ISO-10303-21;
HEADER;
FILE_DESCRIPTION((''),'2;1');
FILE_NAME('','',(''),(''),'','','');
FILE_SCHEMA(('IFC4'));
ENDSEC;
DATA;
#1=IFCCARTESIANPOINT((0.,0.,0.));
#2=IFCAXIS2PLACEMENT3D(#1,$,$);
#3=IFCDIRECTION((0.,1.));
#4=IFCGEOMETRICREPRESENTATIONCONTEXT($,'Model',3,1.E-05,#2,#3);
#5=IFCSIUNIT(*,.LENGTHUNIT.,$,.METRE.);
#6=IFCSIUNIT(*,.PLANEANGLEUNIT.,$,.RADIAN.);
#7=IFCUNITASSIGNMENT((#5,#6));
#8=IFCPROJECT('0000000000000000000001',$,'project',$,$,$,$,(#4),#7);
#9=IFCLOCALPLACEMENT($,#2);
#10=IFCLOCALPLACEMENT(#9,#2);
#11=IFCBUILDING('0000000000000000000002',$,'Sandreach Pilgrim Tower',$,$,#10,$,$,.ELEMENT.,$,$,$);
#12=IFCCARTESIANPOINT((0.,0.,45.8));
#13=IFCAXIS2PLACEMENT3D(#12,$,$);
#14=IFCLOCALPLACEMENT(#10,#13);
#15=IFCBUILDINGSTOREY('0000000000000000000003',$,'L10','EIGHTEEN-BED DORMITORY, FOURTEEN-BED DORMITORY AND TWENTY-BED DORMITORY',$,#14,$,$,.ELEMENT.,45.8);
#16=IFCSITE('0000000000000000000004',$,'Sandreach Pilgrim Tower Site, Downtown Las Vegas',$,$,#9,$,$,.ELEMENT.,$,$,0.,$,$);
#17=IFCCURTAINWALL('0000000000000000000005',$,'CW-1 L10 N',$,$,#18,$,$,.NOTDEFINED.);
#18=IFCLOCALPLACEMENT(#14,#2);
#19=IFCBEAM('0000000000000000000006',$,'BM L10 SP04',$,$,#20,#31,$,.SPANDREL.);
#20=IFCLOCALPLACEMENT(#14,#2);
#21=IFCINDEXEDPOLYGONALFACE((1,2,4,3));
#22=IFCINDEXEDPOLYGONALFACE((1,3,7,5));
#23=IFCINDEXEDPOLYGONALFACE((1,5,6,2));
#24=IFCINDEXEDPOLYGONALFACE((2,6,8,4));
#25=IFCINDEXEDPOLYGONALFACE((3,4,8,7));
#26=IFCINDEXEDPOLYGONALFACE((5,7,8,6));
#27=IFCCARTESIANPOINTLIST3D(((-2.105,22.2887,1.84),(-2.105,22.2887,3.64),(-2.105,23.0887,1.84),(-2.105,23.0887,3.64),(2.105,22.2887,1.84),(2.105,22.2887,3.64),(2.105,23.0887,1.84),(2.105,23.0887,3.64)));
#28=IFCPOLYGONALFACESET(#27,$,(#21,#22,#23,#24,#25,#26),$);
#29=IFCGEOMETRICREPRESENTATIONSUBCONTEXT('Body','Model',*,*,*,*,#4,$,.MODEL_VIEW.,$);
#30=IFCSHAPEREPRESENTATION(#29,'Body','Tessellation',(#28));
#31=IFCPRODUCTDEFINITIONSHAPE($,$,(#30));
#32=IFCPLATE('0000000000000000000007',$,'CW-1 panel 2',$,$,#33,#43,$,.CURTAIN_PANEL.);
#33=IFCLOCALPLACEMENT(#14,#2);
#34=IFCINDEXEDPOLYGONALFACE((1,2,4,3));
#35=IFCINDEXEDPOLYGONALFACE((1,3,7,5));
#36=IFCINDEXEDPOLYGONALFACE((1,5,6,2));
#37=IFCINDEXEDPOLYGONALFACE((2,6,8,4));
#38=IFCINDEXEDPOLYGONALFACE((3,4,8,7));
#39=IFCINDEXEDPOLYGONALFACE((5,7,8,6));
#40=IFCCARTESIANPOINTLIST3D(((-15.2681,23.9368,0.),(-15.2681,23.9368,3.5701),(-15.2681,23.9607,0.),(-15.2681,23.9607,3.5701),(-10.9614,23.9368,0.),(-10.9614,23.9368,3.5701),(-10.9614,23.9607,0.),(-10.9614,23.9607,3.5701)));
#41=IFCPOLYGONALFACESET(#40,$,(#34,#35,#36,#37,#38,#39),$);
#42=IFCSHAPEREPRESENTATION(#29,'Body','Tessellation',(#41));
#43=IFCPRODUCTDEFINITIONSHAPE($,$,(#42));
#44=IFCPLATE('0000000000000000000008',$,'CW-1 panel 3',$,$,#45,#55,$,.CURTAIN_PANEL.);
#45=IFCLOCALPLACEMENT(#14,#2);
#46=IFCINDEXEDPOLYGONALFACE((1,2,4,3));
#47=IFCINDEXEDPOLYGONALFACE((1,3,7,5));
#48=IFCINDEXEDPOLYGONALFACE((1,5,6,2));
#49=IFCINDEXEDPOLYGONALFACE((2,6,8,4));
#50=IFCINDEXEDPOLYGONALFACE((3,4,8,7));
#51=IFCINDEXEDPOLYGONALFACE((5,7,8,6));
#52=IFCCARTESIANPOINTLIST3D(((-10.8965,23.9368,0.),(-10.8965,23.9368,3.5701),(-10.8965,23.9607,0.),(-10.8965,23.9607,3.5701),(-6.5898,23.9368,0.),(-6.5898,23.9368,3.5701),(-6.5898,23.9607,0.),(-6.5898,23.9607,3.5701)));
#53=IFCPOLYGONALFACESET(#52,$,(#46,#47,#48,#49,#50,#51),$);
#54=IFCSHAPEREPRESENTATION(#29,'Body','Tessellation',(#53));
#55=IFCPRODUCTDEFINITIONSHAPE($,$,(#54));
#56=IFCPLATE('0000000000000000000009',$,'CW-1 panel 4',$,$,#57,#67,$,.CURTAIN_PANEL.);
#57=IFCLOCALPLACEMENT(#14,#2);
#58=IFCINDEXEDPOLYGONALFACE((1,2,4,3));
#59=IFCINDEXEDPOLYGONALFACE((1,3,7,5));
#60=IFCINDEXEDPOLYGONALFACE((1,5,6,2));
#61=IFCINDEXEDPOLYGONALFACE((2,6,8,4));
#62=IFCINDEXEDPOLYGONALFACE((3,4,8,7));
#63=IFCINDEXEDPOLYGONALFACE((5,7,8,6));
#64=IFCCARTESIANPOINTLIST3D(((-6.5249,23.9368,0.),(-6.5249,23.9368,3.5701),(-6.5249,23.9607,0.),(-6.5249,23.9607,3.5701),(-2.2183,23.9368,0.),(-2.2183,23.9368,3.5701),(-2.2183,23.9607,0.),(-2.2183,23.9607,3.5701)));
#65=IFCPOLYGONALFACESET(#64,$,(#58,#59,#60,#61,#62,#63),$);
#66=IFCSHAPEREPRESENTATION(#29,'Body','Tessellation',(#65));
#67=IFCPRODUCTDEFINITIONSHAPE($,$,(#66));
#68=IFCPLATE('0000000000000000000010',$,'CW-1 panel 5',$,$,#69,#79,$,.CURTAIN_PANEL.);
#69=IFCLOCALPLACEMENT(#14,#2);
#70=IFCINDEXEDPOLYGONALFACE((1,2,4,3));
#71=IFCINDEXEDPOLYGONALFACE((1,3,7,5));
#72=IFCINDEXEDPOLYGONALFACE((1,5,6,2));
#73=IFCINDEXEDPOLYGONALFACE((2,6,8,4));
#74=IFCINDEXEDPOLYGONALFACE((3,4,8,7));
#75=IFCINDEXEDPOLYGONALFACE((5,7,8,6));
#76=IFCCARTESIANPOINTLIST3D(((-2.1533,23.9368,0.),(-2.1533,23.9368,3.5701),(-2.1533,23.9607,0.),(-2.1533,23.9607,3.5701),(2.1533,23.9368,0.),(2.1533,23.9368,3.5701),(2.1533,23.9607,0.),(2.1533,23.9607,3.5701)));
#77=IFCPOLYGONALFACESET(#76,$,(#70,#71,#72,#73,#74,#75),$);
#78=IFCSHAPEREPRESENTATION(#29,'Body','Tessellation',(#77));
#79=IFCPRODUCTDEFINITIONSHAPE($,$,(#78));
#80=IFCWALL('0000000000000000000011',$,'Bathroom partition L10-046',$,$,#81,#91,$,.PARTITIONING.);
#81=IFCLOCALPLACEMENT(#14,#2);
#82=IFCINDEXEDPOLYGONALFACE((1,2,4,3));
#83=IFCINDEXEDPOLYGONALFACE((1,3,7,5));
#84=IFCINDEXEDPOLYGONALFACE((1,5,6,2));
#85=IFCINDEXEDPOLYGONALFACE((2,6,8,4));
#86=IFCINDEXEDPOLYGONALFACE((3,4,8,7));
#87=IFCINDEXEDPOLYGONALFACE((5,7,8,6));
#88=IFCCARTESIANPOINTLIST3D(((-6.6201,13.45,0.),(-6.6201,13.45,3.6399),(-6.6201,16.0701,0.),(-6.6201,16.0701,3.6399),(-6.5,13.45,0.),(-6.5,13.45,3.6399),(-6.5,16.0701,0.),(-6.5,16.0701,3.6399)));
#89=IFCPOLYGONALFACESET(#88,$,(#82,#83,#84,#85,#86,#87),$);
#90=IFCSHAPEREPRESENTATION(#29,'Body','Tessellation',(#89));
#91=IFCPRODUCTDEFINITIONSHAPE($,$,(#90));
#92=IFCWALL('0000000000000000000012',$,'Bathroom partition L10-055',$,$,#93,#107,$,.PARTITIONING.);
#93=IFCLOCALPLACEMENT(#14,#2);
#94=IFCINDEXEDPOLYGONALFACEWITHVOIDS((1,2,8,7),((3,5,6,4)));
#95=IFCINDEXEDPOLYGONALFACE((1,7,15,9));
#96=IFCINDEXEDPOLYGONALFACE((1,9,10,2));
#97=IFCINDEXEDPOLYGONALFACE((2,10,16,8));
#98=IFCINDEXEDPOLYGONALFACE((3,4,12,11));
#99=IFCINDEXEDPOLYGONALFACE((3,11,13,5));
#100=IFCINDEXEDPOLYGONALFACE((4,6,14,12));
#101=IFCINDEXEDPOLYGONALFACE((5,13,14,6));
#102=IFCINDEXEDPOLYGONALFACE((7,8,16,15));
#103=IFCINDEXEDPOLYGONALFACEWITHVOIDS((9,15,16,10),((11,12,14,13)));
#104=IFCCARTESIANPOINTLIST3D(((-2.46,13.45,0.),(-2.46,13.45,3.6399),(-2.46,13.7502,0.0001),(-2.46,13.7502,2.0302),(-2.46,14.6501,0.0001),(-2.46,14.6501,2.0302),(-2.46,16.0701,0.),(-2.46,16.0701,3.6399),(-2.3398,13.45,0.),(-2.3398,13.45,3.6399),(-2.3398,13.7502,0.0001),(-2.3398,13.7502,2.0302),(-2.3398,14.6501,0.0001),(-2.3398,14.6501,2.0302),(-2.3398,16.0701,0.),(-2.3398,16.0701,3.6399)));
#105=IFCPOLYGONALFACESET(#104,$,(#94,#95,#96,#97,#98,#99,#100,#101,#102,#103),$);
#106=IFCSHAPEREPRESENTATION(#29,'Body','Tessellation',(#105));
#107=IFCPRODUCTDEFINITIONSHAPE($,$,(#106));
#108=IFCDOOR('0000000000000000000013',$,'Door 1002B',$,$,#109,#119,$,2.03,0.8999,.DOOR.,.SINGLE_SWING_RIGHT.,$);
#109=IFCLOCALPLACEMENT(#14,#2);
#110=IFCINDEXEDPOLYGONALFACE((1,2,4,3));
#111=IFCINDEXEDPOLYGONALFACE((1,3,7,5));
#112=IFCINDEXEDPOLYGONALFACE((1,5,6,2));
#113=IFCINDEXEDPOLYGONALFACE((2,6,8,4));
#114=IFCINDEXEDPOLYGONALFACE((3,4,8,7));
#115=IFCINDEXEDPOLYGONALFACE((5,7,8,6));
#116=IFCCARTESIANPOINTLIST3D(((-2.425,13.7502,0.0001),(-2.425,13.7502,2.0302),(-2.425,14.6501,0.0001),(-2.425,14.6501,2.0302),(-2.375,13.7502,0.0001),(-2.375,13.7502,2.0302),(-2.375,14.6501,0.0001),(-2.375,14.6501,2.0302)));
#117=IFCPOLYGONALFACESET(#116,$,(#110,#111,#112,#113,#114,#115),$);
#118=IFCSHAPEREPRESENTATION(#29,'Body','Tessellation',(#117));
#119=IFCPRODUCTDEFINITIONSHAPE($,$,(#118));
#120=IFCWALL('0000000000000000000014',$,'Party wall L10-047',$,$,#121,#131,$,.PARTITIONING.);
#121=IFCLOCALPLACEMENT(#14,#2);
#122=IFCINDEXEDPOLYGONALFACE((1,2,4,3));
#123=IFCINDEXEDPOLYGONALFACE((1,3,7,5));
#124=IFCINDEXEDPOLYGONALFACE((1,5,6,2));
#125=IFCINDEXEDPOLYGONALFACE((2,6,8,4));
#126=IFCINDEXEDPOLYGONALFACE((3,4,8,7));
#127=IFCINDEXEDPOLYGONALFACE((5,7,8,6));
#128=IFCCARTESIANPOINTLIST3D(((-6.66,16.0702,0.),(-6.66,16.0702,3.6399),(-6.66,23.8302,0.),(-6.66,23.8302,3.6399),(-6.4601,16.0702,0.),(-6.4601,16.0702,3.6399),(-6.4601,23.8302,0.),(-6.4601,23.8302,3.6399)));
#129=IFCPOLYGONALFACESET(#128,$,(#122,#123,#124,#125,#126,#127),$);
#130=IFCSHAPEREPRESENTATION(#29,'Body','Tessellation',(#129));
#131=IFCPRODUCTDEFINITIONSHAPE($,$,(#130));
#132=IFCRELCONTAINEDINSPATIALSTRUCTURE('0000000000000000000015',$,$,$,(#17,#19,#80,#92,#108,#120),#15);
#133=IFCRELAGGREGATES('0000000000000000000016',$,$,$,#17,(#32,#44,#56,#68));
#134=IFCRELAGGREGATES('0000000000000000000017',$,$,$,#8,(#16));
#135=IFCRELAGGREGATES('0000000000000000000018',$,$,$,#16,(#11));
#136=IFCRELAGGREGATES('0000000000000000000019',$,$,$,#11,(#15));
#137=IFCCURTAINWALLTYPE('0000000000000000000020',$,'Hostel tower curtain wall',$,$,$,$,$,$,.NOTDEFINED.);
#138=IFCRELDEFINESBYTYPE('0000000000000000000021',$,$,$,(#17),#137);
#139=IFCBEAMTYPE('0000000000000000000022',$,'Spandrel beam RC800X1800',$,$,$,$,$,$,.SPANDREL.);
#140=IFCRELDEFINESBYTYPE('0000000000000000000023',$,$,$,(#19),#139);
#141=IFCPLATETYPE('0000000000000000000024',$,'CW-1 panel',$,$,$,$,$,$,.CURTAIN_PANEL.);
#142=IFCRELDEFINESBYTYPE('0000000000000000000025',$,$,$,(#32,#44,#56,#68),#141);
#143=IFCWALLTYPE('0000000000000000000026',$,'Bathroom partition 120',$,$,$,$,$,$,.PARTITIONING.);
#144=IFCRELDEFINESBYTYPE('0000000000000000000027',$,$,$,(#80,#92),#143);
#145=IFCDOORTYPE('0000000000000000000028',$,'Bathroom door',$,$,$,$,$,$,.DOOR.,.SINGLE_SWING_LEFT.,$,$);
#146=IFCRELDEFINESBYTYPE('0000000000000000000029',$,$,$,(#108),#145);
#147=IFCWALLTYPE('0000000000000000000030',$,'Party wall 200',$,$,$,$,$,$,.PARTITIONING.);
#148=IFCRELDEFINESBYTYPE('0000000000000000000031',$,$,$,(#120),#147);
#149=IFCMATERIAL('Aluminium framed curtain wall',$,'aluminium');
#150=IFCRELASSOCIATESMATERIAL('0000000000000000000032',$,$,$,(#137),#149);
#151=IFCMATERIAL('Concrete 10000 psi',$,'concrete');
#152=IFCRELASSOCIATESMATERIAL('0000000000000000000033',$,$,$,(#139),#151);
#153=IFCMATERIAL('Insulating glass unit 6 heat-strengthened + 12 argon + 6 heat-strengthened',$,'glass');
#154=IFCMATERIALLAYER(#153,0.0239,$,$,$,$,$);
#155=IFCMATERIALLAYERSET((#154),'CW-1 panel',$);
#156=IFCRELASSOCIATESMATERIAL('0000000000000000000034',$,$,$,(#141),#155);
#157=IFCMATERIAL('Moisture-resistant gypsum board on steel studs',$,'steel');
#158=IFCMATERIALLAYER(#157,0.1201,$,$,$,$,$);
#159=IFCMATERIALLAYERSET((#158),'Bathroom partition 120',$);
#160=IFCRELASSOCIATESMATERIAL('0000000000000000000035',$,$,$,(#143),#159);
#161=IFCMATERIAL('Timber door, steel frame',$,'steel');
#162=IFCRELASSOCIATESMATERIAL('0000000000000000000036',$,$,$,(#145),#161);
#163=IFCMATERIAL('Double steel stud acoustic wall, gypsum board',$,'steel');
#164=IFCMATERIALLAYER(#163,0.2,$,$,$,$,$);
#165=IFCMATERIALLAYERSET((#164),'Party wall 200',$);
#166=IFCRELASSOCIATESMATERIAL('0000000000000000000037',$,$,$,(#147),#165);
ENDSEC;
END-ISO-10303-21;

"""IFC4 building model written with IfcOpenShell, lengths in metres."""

from ifc_helpers import new_model, si_unit, direction, frame, frame_2d, origin, origin_2d, place, context, subcontext, project, spatial, rectangle, extrude, material, layer, layer_set, material_profile, profile_set, type_object, element, fill, aggregate, save


model = new_model("IFC4")

# Units and contexts
model_context = context("Model", 3, precision=1e-05, world=origin(), true_north=direction((0.0, 1.0)))
body_context = subcontext(model_context, "Body", "Model", "MODEL_VIEW")
ifc_project = project(units=[si_unit("LENGTHUNIT", "METRE"), si_unit("PLANEANGLEUNIT", "RADIAN")], contexts=[model_context])

# Site, building, storey
site_placement = place(None, origin())
site = spatial("IfcSite", under=ifc_project, at=site_placement, Name="Sandreach Pilgrim Tower Site, Downtown Las Vegas", CompositionType="ELEMENT", RefElevation=0.0)
building_placement = place(site_placement, origin())
building = spatial("IfcBuilding", under=site, at=building_placement, Name="Sandreach Pilgrim Tower", CompositionType="ELEMENT")
storey_placement = place(building_placement, frame((0.0, 0.0, 45.8)))
storey = spatial("IfcBuildingStorey", under=building, at=storey_placement, Name="L10", Description="EIGHTEEN-BED DORMITORY, FOURTEEN-BED DORMITORY AND TWENTY-BED DORMITORY", CompositionType="ELEMENT", Elevation=45.8)

# Curtain wall
ifc_material_1 = material(Name="Aluminium framed curtain wall", Category="aluminium")
curtain_wall_type = type_object("IfcCurtainWallType", Name="Hostel tower curtain wall", PredefinedType="NOTDEFINED", material=ifc_material_1)
curtain_wall_placement = place(storey_placement, origin())
curtain_wall = element("IfcCurtainWall", 1, at=curtain_wall_placement, inside=storey, type_object=curtain_wall_type, Name="CW-1 L10 N", PredefinedType="NOTDEFINED")

# Beam
ifc_material_2 = material(Name="Concrete 10000 psi", Category="concrete")
ifc_material_profile_1 = material_profile(ifc_material_2, rectangle(XDim=0.8, YDim=1.8, at=origin_2d()), Name="RC800X1800")
ifc_profile_set_1 = profile_set([ifc_material_profile_1], Name="Concrete 10000 psi")
beam_type_1 = type_object("IfcBeamType", Name="Spandrel beam RC800X1800", PredefinedType="SPANDREL", material=ifc_profile_set_1)
for number, where, z_axis, x_axis, name in (
    (2, (-2.105, 22.6887, 2.74), (1.0, 0.0, 0.0), (0.0, 1.0, 0.0), "BM L10 SP04"),
):
    element("IfcBeam", number, at=place(storey_placement, frame(where, z_axis=z_axis, x_axis=x_axis)), inside=storey, type_object=beam_type_1, Name=name, PredefinedType="SPANDREL", context=body_context, shape_type="SweptSolid", body=[
        extrude(rectangle(XDim=0.8, YDim=1.8, at=origin_2d()), origin(), (0.0, 0.0, 1.0), 4.21),
    ])

# Plates
ifc_material_3 = material(Name="Insulating glass unit 6 heat-strengthened + 12 argon + 6 heat-strengthened", Category="glass")
ifc_layer_1 = layer(ifc_material_3, 0.0239)
ifc_layer_set_1 = layer_set([ifc_layer_1], Name="CW-1 panel")
plate_type = type_object("IfcPlateType", Name="CW-1 panel", PredefinedType="CURTAIN_PANEL", material=ifc_layer_set_1)
plate_1_placement = place(storey_placement, frame((-13.1147, 23.9487, 0.0), z_axis=(0.0, 0.0, 1.0), x_axis=(1.0, 0.0, 0.0)))
plate_1 = element("IfcPlate", 3, at=plate_1_placement, type_object=plate_type, Name="CW-1 panel 2", PredefinedType="CURTAIN_PANEL", context=body_context, shape_type="SweptSolid", body=[
    extrude(rectangle(XDim=4.3066, YDim=0.0239, at=origin_2d()), origin(), (0.0, 0.0, 1.0), 3.5701),
])
plate_2_placement = place(storey_placement, frame((-8.7432, 23.9487, 0.0), z_axis=(0.0, 0.0, 1.0), x_axis=(1.0, 0.0, 0.0)))
plate_2 = element("IfcPlate", 4, at=plate_2_placement, type_object=plate_type, Name="CW-1 panel 3", PredefinedType="CURTAIN_PANEL", context=body_context, shape_type="SweptSolid", body=[
    extrude(rectangle(XDim=4.3066, YDim=0.0239, at=origin_2d()), origin(), (0.0, 0.0, 1.0), 3.5701),
])
plate_3_placement = place(storey_placement, frame((-4.3716, 23.9487, 0.0), z_axis=(0.0, 0.0, 1.0), x_axis=(1.0, 0.0, 0.0)))
plate_3 = element("IfcPlate", 5, at=plate_3_placement, type_object=plate_type, Name="CW-1 panel 4", PredefinedType="CURTAIN_PANEL", context=body_context, shape_type="SweptSolid", body=[
    extrude(rectangle(XDim=4.3066, YDim=0.0239, at=origin_2d()), origin(), (0.0, 0.0, 1.0), 3.5701),
])
plate_4_placement = place(storey_placement, frame((0.0, 23.9487, 0.0), z_axis=(0.0, 0.0, 1.0), x_axis=(1.0, 0.0, 0.0)))
plate_4 = element("IfcPlate", 6, at=plate_4_placement, type_object=plate_type, Name="CW-1 panel 5", PredefinedType="CURTAIN_PANEL", context=body_context, shape_type="SweptSolid", body=[
    extrude(rectangle(XDim=4.3066, YDim=0.0239, at=origin_2d()), origin(), (0.0, 0.0, 1.0), 3.5701),
])
aggregate(curtain_wall, [plate_1, plate_2, plate_3, plate_4])

# Wall
ifc_material_4 = material(Name="Moisture-resistant gypsum board on steel studs", Category="steel")
ifc_layer_2 = layer(ifc_material_4, 0.1201)
ifc_layer_set_2 = layer_set([ifc_layer_2], Name="Bathroom partition 120")
wall_type_1 = type_object("IfcWallType", Name="Bathroom partition 120", PredefinedType="PARTITIONING", material=ifc_layer_set_2)
wall_1_placement = place(storey_placement, frame((-6.5601, 16.0701, 0.0), z_axis=(0.0, 0.0, 1.0), x_axis=(0.0, -1.0, 0.0)))
element("IfcWall", 7, at=wall_1_placement, inside=storey, type_object=wall_type_1, Name="Bathroom partition L10-046", PredefinedType="PARTITIONING", context=body_context, shape_type="SweptSolid", body=[
    extrude(rectangle(XDim=2.6201, YDim=0.1201, at=frame_2d((1.3101, 0.0))), origin(), (0.0, 0.0, 1.0), 3.6399),
])

# Wall, opening, door
wall_2_placement = place(storey_placement, frame((-2.3999, 16.0701, 0.0), z_axis=(0.0, 0.0, 1.0), x_axis=(0.0, -1.0, 0.0)))
wall_2 = element("IfcWall", 8, at=wall_2_placement, inside=storey, type_object=wall_type_1, Name="Bathroom partition L10-055", PredefinedType="PARTITIONING", context=body_context, shape_type="SweptSolid", body=[
    extrude(rectangle(XDim=2.6201, YDim=0.1201, at=frame_2d((1.3101, 0.0))), origin(), (0.0, 0.0, 1.0), 3.6399),
])
opening_placement = place(wall_2_placement, frame((1.4199, 0.0, 0.0)))
opening = element("IfcOpeningElement", 9, at=opening_placement, cuts=wall_2, PredefinedType="OPENING", context=body_context, shape_type="SweptSolid", body=[
    extrude(rectangle(XDim=0.8999, YDim=2.03, at=frame_2d((0.45, 1.0151))), frame((0.0, 0.0601, 0.0), z_axis=(0.0, -1.0, 0.0), x_axis=(1.0, 0.0, 0.0)), (0.0, 0.0, 1.0), 0.1201),
])
ifc_material_5 = material(Name="Timber door, steel frame", Category="steel")
door_type = type_object("IfcDoorType", Name="Bathroom door", OperationType="SINGLE_SWING_LEFT", PredefinedType="DOOR", material=ifc_material_5)
door_placement = place(opening_placement, origin())
door = element("IfcDoor", 10, at=door_placement, inside=storey, type_object=door_type, Name="Door 1002B", OperationType="SINGLE_SWING_RIGHT", OverallHeight=2.03, OverallWidth=0.8999, PredefinedType="DOOR", context=body_context, shape_type="SweptSolid", body=[
    extrude(rectangle(XDim=0.8999, YDim=2.03, at=frame_2d((0.45, 1.0151))), frame((0.0, 0.0249, 0.0), z_axis=(0.0, -1.0, 0.0), x_axis=(1.0, 0.0, 0.0)), (0.0, 0.0, 1.0), 0.05),
])
fill(opening, door)

# Wall
ifc_material_6 = material(Name="Double steel stud acoustic wall, gypsum board", Category="steel")
ifc_layer_3 = layer(ifc_material_6, 0.2)
ifc_layer_set_3 = layer_set([ifc_layer_3], Name="Party wall 200")
wall_type_2 = type_object("IfcWallType", Name="Party wall 200", PredefinedType="PARTITIONING", material=ifc_layer_set_3)
wall_3_placement = place(storey_placement, frame((-6.5601, 23.8301, 0.0), z_axis=(0.0, 0.0, 1.0), x_axis=(0.0, -1.0, 0.0)))
element("IfcWall", 11, at=wall_3_placement, inside=storey, type_object=wall_type_2, Name="Party wall L10-047", PredefinedType="PARTITIONING", context=body_context, shape_type="SweptSolid", body=[
    extrude(rectangle(XDim=7.76, YDim=0.2, at=frame_2d((3.8799, 0.0))), origin(), (0.0, 0.0, 1.0), 3.6399),
])

save(model, "model.ifc")
